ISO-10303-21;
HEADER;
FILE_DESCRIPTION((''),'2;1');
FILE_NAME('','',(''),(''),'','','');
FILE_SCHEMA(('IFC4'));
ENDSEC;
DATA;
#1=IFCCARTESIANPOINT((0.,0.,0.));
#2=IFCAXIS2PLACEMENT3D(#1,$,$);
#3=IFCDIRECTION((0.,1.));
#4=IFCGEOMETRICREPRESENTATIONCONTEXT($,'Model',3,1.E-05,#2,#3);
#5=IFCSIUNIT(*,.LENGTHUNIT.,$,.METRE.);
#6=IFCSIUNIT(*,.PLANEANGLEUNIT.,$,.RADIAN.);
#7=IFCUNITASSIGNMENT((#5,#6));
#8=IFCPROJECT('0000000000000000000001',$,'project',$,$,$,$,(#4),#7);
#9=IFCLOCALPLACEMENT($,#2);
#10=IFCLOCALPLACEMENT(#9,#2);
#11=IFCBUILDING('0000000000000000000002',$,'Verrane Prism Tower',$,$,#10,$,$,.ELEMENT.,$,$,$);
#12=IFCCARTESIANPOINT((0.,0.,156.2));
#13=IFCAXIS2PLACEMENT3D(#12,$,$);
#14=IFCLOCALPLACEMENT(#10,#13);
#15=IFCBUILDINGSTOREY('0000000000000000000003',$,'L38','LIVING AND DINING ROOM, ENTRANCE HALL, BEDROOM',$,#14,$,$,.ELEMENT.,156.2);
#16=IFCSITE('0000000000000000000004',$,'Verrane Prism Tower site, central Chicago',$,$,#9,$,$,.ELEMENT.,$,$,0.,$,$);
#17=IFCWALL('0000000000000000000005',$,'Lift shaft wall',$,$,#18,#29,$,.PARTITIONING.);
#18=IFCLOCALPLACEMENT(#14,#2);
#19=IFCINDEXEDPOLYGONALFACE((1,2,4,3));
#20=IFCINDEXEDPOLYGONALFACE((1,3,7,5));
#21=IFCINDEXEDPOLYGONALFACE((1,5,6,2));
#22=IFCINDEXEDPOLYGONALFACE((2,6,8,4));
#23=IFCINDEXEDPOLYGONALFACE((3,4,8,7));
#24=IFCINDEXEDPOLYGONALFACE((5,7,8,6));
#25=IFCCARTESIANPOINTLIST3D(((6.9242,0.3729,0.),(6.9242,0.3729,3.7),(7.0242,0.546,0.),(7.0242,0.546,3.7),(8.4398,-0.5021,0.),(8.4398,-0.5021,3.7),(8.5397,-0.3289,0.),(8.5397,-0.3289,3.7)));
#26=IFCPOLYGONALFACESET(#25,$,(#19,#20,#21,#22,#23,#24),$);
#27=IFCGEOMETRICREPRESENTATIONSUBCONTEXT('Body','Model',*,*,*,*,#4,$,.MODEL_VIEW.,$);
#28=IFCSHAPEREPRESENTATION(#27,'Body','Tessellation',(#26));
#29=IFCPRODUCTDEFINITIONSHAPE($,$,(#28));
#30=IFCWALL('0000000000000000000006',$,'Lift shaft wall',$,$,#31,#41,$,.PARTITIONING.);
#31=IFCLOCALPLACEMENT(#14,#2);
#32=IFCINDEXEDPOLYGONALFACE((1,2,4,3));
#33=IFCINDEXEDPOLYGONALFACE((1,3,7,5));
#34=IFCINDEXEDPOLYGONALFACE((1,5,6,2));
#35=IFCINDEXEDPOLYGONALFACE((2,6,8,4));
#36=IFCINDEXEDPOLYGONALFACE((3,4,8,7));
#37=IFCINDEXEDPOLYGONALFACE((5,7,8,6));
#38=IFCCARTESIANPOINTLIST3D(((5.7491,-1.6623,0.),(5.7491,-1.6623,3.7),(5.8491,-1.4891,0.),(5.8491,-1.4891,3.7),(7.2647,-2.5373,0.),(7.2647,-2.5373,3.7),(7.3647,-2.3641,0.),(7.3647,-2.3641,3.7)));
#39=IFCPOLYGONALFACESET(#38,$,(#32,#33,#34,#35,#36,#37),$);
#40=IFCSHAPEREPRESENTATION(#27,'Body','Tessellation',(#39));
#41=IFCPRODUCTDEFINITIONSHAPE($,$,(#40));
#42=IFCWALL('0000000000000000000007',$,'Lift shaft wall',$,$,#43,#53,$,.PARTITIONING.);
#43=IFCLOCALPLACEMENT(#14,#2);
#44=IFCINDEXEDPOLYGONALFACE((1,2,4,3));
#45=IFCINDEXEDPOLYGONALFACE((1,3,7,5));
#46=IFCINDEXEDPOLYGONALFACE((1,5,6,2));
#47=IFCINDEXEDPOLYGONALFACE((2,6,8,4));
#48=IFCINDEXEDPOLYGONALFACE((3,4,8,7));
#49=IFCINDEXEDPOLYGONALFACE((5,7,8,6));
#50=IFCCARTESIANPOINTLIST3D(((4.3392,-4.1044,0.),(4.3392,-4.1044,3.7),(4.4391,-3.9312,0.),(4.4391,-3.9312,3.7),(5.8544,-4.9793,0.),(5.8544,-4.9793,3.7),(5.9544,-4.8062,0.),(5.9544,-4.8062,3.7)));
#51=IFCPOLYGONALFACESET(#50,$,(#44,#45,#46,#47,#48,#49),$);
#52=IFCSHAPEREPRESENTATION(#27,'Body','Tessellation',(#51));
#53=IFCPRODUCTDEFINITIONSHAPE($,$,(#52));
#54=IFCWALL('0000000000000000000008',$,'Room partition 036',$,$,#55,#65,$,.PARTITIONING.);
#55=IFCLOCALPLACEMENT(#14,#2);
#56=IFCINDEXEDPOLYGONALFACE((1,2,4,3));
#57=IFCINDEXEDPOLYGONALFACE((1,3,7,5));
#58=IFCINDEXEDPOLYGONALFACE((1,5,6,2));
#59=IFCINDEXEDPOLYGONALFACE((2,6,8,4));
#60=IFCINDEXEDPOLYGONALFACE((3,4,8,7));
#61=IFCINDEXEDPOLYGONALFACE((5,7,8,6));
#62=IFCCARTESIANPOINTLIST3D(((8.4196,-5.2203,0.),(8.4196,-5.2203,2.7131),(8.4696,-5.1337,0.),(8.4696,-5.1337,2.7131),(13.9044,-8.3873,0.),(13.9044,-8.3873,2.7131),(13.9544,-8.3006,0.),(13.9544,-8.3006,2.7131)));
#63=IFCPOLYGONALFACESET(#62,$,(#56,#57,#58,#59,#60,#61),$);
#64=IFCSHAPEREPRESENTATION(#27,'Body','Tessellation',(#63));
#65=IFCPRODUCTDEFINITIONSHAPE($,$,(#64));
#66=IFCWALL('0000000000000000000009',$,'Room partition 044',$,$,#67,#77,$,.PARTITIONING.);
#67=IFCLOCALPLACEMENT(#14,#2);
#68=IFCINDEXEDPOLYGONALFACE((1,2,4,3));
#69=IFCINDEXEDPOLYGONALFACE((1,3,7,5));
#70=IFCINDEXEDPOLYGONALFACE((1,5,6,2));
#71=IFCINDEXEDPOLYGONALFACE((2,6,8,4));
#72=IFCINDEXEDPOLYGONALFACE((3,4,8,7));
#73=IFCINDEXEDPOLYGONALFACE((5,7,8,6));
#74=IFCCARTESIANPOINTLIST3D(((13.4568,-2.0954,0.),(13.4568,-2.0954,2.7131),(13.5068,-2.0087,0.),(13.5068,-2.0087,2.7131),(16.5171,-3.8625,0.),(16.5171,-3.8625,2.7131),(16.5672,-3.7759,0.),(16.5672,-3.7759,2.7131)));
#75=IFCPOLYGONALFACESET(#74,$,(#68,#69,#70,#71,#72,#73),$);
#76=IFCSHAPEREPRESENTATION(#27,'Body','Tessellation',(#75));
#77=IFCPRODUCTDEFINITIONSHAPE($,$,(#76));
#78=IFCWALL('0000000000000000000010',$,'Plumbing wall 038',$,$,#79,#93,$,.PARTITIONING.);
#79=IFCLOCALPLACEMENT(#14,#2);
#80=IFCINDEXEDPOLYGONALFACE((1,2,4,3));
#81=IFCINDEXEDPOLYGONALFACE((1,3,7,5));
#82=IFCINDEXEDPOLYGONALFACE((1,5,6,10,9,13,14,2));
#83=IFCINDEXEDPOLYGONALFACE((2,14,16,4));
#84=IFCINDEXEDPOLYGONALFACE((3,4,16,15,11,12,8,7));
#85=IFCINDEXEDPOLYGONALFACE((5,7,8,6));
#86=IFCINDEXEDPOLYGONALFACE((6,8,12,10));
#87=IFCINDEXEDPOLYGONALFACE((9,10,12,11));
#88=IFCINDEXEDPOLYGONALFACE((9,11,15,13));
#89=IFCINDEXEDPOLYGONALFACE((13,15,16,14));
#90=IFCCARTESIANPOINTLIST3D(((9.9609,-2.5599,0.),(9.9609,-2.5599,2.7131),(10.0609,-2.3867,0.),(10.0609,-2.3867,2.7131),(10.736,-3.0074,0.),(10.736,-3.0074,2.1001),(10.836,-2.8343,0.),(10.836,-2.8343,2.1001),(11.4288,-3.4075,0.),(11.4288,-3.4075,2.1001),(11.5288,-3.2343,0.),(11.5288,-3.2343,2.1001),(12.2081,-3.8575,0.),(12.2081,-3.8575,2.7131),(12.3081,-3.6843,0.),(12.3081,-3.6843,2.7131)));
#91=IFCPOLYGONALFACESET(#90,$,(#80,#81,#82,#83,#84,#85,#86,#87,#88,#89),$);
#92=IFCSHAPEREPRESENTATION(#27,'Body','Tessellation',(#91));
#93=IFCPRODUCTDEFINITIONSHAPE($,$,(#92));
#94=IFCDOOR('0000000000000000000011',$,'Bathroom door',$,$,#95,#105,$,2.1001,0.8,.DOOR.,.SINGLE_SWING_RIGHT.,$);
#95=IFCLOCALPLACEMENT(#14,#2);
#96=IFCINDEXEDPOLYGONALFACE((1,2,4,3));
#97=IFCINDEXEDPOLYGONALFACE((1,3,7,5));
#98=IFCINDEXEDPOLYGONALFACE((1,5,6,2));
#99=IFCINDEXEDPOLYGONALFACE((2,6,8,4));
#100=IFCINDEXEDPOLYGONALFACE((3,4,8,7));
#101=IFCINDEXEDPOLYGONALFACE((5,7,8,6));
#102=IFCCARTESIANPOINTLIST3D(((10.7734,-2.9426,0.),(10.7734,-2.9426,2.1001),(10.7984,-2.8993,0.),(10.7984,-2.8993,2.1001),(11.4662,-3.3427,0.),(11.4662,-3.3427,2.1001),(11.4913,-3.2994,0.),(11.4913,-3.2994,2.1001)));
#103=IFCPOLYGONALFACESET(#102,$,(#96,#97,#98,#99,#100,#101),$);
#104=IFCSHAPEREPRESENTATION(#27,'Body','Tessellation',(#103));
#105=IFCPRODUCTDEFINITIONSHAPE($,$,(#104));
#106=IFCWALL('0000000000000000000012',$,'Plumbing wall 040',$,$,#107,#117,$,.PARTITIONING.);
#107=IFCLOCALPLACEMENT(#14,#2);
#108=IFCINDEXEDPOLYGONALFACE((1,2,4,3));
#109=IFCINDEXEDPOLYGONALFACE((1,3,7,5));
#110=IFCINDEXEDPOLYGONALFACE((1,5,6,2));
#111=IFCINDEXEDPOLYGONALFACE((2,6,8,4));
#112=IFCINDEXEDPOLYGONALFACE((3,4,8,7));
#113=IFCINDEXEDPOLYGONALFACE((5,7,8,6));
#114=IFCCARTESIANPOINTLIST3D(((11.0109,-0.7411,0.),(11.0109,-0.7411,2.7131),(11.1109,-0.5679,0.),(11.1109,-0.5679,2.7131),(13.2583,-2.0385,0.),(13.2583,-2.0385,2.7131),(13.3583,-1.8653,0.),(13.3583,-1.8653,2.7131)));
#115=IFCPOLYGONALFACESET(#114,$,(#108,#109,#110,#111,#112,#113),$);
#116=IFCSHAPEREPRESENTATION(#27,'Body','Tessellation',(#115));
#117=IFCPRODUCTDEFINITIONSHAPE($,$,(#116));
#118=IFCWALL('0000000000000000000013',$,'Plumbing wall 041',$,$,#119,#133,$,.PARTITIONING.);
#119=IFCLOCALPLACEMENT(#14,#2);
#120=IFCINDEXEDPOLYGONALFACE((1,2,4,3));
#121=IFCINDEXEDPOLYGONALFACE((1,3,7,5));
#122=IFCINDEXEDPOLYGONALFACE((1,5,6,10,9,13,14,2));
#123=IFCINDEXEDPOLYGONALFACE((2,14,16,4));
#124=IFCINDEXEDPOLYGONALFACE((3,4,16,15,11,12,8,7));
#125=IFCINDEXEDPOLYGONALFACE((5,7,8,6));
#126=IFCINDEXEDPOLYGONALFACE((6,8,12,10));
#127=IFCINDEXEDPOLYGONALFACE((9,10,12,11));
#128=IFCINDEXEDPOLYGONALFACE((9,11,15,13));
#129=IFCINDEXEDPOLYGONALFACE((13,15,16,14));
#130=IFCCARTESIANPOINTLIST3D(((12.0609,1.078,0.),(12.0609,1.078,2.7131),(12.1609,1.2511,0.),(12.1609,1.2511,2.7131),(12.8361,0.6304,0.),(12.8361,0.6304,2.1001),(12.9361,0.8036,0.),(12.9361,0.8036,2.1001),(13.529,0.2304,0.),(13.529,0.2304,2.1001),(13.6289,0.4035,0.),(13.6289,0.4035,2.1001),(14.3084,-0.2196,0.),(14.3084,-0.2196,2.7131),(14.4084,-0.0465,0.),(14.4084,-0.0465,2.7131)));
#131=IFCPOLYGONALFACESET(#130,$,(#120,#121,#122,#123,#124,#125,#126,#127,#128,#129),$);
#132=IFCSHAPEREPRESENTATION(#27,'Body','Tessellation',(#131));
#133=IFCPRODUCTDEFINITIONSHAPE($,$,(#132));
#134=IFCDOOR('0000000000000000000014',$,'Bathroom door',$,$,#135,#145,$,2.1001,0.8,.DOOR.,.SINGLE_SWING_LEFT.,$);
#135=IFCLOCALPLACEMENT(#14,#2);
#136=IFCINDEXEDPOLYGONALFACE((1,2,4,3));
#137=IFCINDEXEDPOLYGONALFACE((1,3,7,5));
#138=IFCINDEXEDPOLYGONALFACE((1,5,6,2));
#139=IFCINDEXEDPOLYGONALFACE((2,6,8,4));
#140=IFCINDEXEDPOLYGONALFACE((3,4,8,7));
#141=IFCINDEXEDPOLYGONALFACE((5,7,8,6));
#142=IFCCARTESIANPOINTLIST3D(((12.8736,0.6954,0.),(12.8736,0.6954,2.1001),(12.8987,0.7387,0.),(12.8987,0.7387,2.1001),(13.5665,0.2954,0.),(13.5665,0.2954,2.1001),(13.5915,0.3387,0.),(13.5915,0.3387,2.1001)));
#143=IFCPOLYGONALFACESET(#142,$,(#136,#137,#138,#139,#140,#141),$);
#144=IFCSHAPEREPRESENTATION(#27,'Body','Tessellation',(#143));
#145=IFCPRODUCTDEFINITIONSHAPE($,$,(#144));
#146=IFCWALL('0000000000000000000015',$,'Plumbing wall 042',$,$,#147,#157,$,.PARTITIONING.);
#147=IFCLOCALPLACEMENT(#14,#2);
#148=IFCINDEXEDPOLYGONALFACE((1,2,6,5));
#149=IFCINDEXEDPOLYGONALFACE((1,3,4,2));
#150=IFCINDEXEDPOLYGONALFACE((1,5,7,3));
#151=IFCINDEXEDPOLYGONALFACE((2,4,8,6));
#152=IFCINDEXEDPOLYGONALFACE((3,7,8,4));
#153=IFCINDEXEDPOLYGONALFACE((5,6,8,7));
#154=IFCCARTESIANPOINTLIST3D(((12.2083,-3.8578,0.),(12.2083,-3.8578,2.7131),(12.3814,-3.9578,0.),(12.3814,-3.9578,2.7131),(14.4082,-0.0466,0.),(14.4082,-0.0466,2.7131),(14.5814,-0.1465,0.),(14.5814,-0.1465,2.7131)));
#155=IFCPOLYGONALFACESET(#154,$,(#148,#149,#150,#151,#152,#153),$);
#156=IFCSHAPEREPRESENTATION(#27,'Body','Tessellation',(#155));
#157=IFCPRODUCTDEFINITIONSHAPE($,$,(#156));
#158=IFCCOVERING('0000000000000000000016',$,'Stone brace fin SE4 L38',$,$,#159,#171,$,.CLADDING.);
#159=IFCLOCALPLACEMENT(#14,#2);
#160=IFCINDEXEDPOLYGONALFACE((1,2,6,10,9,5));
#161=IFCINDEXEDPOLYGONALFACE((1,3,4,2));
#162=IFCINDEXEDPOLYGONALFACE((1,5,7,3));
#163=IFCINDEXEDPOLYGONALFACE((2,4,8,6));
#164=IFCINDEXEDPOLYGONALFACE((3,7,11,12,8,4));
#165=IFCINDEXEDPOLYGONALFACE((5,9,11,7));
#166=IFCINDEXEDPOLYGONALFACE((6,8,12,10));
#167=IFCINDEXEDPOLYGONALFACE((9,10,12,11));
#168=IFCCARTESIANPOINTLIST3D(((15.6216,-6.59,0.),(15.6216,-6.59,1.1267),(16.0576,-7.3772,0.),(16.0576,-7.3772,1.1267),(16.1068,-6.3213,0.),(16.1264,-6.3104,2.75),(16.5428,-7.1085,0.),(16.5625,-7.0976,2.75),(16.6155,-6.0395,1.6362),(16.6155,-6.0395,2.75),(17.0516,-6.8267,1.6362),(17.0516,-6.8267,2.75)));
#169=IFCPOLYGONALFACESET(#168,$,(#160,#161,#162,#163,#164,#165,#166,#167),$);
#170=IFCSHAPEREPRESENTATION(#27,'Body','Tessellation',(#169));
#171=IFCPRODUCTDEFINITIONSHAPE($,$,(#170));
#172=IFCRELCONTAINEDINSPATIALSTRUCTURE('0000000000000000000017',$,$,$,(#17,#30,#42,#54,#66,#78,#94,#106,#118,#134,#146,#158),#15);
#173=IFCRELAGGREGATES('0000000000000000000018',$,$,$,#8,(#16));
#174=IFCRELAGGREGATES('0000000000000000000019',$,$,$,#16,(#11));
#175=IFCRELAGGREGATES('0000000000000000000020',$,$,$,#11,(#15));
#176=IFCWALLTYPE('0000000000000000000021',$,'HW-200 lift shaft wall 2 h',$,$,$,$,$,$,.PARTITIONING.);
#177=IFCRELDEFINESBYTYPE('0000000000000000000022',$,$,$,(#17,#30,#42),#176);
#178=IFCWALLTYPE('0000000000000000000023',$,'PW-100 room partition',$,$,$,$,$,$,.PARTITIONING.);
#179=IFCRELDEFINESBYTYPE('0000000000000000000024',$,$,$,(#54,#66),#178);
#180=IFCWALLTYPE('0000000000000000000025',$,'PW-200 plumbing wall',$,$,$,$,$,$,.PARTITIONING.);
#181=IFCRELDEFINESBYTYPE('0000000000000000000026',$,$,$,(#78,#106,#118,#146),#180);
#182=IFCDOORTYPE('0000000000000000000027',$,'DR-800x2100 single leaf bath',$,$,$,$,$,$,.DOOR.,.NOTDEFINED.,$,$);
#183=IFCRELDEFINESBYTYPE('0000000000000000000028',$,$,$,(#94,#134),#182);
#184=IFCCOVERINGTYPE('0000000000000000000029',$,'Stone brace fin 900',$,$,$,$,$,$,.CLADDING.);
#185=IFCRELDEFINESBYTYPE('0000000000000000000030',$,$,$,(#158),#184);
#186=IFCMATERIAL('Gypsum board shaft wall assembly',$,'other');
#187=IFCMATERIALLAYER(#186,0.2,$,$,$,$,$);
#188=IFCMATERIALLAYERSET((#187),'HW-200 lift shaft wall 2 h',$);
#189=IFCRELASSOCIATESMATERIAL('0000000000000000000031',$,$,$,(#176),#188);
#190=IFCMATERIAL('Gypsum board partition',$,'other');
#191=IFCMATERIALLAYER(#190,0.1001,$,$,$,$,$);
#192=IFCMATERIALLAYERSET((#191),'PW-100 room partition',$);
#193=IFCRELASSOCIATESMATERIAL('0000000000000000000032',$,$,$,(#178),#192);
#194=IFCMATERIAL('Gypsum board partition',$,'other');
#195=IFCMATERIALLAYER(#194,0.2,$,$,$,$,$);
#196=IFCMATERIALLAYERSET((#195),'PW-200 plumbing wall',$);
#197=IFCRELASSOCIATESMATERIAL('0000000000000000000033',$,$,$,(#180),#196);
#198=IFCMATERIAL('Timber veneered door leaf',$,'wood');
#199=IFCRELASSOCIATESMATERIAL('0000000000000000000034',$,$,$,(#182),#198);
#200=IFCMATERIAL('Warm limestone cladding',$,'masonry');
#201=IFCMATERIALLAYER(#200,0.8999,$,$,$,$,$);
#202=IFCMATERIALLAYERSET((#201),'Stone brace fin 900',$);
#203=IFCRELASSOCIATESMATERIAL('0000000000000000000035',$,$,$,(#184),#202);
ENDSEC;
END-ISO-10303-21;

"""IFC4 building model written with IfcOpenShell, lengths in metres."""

from ifc_helpers import new_model, si_unit, direction, frame, frame_2d, origin, place, context, subcontext, project, spatial, polyline, rectangle, outline, extrude, material, layer, layer_set, type_object, element, fill, save


model = new_model("IFC4")

# Units and contexts
model_context = context("Model", 3, precision=1e-05, world=origin(), true_north=direction((0.0, 1.0)))
body_context = subcontext(model_context, "Body", "Model", "MODEL_VIEW")
ifc_project = project(units=[si_unit("LENGTHUNIT", "METRE"), si_unit("PLANEANGLEUNIT", "RADIAN")], contexts=[model_context])

# Site, building, storey
site_placement = place(None, origin())
site = spatial("IfcSite", under=ifc_project, at=site_placement, Name="Verrane Prism Tower site, central Chicago", CompositionType="ELEMENT", RefElevation=0.0)
building_placement = place(site_placement, origin())
building = spatial("IfcBuilding", under=site, at=building_placement, Name="Verrane Prism Tower", CompositionType="ELEMENT")
storey_placement = place(building_placement, frame((0.0, 0.0, 156.2)))
storey = spatial("IfcBuildingStorey", under=building, at=storey_placement, Name="L38", Description="LIVING AND DINING ROOM, ENTRANCE HALL, BEDROOM", CompositionType="ELEMENT", Elevation=156.2)

# Walls
ifc_material_1 = material(Name="Gypsum board shaft wall assembly", Category="other")
ifc_layer_1 = layer(ifc_material_1, 0.2)
ifc_layer_set_1 = layer_set([ifc_layer_1], Name="HW-200 lift shaft wall 2 h")
wall_type_1 = type_object("IfcWallType", Name="HW-200 lift shaft wall 2 h", PredefinedType="PARTITIONING", material=ifc_layer_set_1)
for number, where, z_axis, x_axis, name in (
    (1, (8.4897, -0.4155, 0.0), (0.0, 0.0, 1.0), (-0.866037, 0.49998, 0.0), "Lift shaft wall"),
    (2, (7.3147, -2.4507, 0.0), (0.0, 0.0, 1.0), (-0.866037, 0.49998, 0.0), "Lift shaft wall"),
):
    element("IfcWall", number, at=place(storey_placement, frame(where, z_axis=z_axis, x_axis=x_axis)), inside=storey, type_object=wall_type_1, Name=name, PredefinedType="PARTITIONING", context=body_context, shape_type="SweptSolid", body=[
        extrude(rectangle(XDim=1.75, YDim=0.2, at=frame_2d((0.875, 0.0))), origin(), (0.0, 0.0, 1.0), 3.7),
    ])
wall_1_placement = place(storey_placement, frame((5.9045, -4.8928, 0.0), z_axis=(0.0, 0.0, 1.0), x_axis=(-0.866002, 0.50004, 0.0)))
element("IfcWall", 3, at=wall_1_placement, inside=storey, type_object=wall_type_1, Name="Lift shaft wall", PredefinedType="PARTITIONING", context=body_context, shape_type="SweptSolid", body=[
    extrude(rectangle(XDim=1.7498, YDim=0.2, at=frame_2d((0.875, 0.0))), origin(), (0.0, 0.0, 1.0), 3.7),
])
ifc_material_2 = material(Name="Gypsum board partition", Category="other")
ifc_layer_2 = layer(ifc_material_2, 0.1001)
ifc_layer_set_2 = layer_set([ifc_layer_2], Name="PW-100 room partition")
wall_type_2 = type_object("IfcWallType", Name="PW-100 room partition", PredefinedType="PARTITIONING", material=ifc_layer_set_2)
wall_2_placement = place(storey_placement, frame((8.4446, -5.177, 0.0), z_axis=(0.0, 0.0, 1.0), x_axis=(0.866005, -0.500036, 0.0)))
element("IfcWall", 4, at=wall_2_placement, inside=storey, type_object=wall_type_2, Name="Room partition 036", PredefinedType="PARTITIONING", context=body_context, shape_type="SweptSolid", body=[
    extrude(rectangle(XDim=6.3335, YDim=0.1001, at=frame_2d((3.1667, 0.0))), origin(), (0.0, 0.0, 1.0), 2.7131),
])
wall_3_placement = place(storey_placement, frame((13.4817, -2.052, 0.0), z_axis=(0.0, 0.0, 1.0), x_axis=(0.865998, -0.500047, 0.0)))
element("IfcWall", 5, at=wall_3_placement, inside=storey, type_object=wall_type_2, Name="Room partition 044", PredefinedType="PARTITIONING", context=body_context, shape_type="SweptSolid", body=[
    extrude(rectangle(XDim=3.5339, YDim=0.1001, at=frame_2d((1.7671, 0.0))), origin(), (0.0, 0.0, 1.0), 2.7131),
])

# Wall, opening, door
ifc_material_3 = material(Name="Gypsum board partition", Category="other")
ifc_layer_3 = layer(ifc_material_3, 0.2)
ifc_layer_set_3 = layer_set([ifc_layer_3], Name="PW-200 plumbing wall")
wall_type_3 = type_object("IfcWallType", Name="PW-200 plumbing wall", PredefinedType="PARTITIONING", material=ifc_layer_set_3)
wall_4_placement = place(storey_placement, frame((10.011, -2.4734, 0.0), z_axis=(0.0, 0.0, 1.0), x_axis=(0.866005, -0.500035, 0.0)))
wall_4 = element("IfcWall", 6, at=wall_4_placement, inside=storey, type_object=wall_type_3, Name="Plumbing wall 038", PredefinedType="PARTITIONING", context=body_context, shape_type="SweptSolid", body=[
    extrude(rectangle(XDim=2.595, YDim=0.2, at=frame_2d((1.2974, 0.0))), origin(), (0.0, 0.0, 1.0), 2.7131),
])
opening_1_placement = place(wall_4_placement, frame((0.895, 0.0, 0.0)))
opening_1 = element("IfcOpeningElement", 7, at=opening_1_placement, cuts=wall_4, PredefinedType="OPENING", context=body_context, shape_type="SweptSolid", body=[
    extrude(rectangle(XDim=0.8, YDim=2.1001, at=frame_2d((0.3999, 1.05))), frame((0.0, 0.1099, 0.0), z_axis=(0.0, -1.0, 0.0), x_axis=(1.0, 0.0, 0.0)), (0.0, 0.0, 1.0), 0.22),
])
ifc_material_4 = material(Name="Timber veneered door leaf", Category="wood")
door_type = type_object("IfcDoorType", Name="DR-800x2100 single leaf bath", OperationType="NOTDEFINED", PredefinedType="DOOR", material=ifc_material_4)
door_1_placement = place(opening_1_placement, origin())
door_1 = element("IfcDoor", 8, at=door_1_placement, inside=storey, type_object=door_type, Name="Bathroom door", OperationType="SINGLE_SWING_RIGHT", OverallHeight=2.1001, OverallWidth=0.8, PredefinedType="DOOR", context=body_context, shape_type="SweptSolid", body=[
    extrude(rectangle(XDim=0.8, YDim=2.1001, at=frame_2d((0.3999, 1.05))), frame((0.0, 0.0249, 0.0), z_axis=(0.0, -1.0, 0.0), x_axis=(1.0, 0.0, 0.0)), (0.0, 0.0, 1.0), 0.05),
])
fill(opening_1, door_1)

# Wall
wall_5_placement = place(storey_placement, frame((11.061, -0.6545, 0.0), z_axis=(0.0, 0.0, 1.0), x_axis=(0.866046, -0.499964, 0.0)))
element("IfcWall", 9, at=wall_5_placement, inside=storey, type_object=wall_type_3, Name="Plumbing wall 040", PredefinedType="PARTITIONING", context=body_context, shape_type="SweptSolid", body=[
    extrude(rectangle(XDim=2.595, YDim=0.2, at=frame_2d((1.2974, 0.0))), origin(), (0.0, 0.0, 1.0), 2.7131),
])

# Wall, opening, door
wall_6_placement = place(storey_placement, frame((14.3584, -0.1331, 0.0), z_axis=(0.0, 0.0, 1.0), x_axis=(-0.866029, 0.499994, 0.0)))
wall_6 = element("IfcWall", 10, at=wall_6_placement, inside=storey, type_object=wall_type_3, Name="Plumbing wall 041", PredefinedType="PARTITIONING", context=body_context, shape_type="SweptSolid", body=[
    extrude(rectangle(XDim=2.5952, YDim=0.2, at=frame_2d((1.2976, 0.0))), origin(), (0.0, 0.0, 1.0), 2.7131),
])
opening_2_placement = place(wall_6_placement, frame((0.9001, 0.0, 0.0)))
opening_2 = element("IfcOpeningElement", 11, at=opening_2_placement, cuts=wall_6, PredefinedType="OPENING", context=body_context, shape_type="SweptSolid", body=[
    extrude(rectangle(XDim=0.8, YDim=2.1001, at=frame_2d((0.3999, 1.05))), frame((0.0, 0.1099, 0.0), z_axis=(0.0, -1.0, 0.0), x_axis=(1.0, 0.0, 0.0)), (0.0, 0.0, 1.0), 0.22),
])
door_2_placement = place(opening_2_placement, origin())
door_2 = element("IfcDoor", 12, at=door_2_placement, inside=storey, type_object=door_type, Name="Bathroom door", OperationType="SINGLE_SWING_LEFT", OverallHeight=2.1001, OverallWidth=0.8, PredefinedType="DOOR", context=body_context, shape_type="SweptSolid", body=[
    extrude(rectangle(XDim=0.8, YDim=2.1001, at=frame_2d((0.3999, 1.05))), frame((0.0, 0.0249, 0.0), z_axis=(0.0, -1.0, 0.0), x_axis=(1.0, 0.0, 0.0)), (0.0, 0.0, 1.0), 0.05),
])
fill(opening_2, door_2)

# Wall
wall_7_placement = place(storey_placement, frame((12.2949, -3.9077, 0.0), z_axis=(0.0, 0.0, 1.0), x_axis=(0.499916, 0.866074, 0.0)))
element("IfcWall", 13, at=wall_7_placement, inside=storey, type_object=wall_type_3, Name="Plumbing wall 042", PredefinedType="PARTITIONING", context=body_context, shape_type="SweptSolid", body=[
    extrude(rectangle(XDim=4.4006, YDim=0.2, at=frame_2d((2.2002, 0.0))), origin(), (0.0, 0.0, 1.0), 2.7131),
])

# Covering
ifc_material_5 = material(Name="Warm limestone cladding", Category="masonry")
ifc_layer_4 = layer(ifc_material_5, 0.8999)
ifc_layer_set_4 = layer_set([ifc_layer_4], Name="Stone brace fin 900")
covering_type = type_object("IfcCoveringType", Name="Stone brace fin 900", PredefinedType="CLADDING", material=ifc_layer_set_4)
covering_placement = place(storey_placement, frame((15.8396, -6.9836, 0.0), z_axis=(0.0, 0.0, 1.0), x_axis=(0.874765, 0.484548, 0.0)))
element("IfcCovering", 14, at=covering_placement, inside=storey, type_object=covering_type, Name="Stone brace fin SE4 L38", PredefinedType="CLADDING", context=body_context, shape_type="SweptSolid", body=[
    extrude(outline(polyline([(1.1362, 2.75), (0.5771, 2.75), (0.0, 1.1267), (0.0, 0.0), (0.5547, 0.0), (1.1362, 1.6362), (1.1362, 2.75)])), frame((0.0, 0.45, 0.0), z_axis=(0.0, -1.0, 0.0), x_axis=(1.0, 0.0, 0.0)), (0.0, 0.0, 1.0), 0.8999),
])

save(model, "model.ifc")
